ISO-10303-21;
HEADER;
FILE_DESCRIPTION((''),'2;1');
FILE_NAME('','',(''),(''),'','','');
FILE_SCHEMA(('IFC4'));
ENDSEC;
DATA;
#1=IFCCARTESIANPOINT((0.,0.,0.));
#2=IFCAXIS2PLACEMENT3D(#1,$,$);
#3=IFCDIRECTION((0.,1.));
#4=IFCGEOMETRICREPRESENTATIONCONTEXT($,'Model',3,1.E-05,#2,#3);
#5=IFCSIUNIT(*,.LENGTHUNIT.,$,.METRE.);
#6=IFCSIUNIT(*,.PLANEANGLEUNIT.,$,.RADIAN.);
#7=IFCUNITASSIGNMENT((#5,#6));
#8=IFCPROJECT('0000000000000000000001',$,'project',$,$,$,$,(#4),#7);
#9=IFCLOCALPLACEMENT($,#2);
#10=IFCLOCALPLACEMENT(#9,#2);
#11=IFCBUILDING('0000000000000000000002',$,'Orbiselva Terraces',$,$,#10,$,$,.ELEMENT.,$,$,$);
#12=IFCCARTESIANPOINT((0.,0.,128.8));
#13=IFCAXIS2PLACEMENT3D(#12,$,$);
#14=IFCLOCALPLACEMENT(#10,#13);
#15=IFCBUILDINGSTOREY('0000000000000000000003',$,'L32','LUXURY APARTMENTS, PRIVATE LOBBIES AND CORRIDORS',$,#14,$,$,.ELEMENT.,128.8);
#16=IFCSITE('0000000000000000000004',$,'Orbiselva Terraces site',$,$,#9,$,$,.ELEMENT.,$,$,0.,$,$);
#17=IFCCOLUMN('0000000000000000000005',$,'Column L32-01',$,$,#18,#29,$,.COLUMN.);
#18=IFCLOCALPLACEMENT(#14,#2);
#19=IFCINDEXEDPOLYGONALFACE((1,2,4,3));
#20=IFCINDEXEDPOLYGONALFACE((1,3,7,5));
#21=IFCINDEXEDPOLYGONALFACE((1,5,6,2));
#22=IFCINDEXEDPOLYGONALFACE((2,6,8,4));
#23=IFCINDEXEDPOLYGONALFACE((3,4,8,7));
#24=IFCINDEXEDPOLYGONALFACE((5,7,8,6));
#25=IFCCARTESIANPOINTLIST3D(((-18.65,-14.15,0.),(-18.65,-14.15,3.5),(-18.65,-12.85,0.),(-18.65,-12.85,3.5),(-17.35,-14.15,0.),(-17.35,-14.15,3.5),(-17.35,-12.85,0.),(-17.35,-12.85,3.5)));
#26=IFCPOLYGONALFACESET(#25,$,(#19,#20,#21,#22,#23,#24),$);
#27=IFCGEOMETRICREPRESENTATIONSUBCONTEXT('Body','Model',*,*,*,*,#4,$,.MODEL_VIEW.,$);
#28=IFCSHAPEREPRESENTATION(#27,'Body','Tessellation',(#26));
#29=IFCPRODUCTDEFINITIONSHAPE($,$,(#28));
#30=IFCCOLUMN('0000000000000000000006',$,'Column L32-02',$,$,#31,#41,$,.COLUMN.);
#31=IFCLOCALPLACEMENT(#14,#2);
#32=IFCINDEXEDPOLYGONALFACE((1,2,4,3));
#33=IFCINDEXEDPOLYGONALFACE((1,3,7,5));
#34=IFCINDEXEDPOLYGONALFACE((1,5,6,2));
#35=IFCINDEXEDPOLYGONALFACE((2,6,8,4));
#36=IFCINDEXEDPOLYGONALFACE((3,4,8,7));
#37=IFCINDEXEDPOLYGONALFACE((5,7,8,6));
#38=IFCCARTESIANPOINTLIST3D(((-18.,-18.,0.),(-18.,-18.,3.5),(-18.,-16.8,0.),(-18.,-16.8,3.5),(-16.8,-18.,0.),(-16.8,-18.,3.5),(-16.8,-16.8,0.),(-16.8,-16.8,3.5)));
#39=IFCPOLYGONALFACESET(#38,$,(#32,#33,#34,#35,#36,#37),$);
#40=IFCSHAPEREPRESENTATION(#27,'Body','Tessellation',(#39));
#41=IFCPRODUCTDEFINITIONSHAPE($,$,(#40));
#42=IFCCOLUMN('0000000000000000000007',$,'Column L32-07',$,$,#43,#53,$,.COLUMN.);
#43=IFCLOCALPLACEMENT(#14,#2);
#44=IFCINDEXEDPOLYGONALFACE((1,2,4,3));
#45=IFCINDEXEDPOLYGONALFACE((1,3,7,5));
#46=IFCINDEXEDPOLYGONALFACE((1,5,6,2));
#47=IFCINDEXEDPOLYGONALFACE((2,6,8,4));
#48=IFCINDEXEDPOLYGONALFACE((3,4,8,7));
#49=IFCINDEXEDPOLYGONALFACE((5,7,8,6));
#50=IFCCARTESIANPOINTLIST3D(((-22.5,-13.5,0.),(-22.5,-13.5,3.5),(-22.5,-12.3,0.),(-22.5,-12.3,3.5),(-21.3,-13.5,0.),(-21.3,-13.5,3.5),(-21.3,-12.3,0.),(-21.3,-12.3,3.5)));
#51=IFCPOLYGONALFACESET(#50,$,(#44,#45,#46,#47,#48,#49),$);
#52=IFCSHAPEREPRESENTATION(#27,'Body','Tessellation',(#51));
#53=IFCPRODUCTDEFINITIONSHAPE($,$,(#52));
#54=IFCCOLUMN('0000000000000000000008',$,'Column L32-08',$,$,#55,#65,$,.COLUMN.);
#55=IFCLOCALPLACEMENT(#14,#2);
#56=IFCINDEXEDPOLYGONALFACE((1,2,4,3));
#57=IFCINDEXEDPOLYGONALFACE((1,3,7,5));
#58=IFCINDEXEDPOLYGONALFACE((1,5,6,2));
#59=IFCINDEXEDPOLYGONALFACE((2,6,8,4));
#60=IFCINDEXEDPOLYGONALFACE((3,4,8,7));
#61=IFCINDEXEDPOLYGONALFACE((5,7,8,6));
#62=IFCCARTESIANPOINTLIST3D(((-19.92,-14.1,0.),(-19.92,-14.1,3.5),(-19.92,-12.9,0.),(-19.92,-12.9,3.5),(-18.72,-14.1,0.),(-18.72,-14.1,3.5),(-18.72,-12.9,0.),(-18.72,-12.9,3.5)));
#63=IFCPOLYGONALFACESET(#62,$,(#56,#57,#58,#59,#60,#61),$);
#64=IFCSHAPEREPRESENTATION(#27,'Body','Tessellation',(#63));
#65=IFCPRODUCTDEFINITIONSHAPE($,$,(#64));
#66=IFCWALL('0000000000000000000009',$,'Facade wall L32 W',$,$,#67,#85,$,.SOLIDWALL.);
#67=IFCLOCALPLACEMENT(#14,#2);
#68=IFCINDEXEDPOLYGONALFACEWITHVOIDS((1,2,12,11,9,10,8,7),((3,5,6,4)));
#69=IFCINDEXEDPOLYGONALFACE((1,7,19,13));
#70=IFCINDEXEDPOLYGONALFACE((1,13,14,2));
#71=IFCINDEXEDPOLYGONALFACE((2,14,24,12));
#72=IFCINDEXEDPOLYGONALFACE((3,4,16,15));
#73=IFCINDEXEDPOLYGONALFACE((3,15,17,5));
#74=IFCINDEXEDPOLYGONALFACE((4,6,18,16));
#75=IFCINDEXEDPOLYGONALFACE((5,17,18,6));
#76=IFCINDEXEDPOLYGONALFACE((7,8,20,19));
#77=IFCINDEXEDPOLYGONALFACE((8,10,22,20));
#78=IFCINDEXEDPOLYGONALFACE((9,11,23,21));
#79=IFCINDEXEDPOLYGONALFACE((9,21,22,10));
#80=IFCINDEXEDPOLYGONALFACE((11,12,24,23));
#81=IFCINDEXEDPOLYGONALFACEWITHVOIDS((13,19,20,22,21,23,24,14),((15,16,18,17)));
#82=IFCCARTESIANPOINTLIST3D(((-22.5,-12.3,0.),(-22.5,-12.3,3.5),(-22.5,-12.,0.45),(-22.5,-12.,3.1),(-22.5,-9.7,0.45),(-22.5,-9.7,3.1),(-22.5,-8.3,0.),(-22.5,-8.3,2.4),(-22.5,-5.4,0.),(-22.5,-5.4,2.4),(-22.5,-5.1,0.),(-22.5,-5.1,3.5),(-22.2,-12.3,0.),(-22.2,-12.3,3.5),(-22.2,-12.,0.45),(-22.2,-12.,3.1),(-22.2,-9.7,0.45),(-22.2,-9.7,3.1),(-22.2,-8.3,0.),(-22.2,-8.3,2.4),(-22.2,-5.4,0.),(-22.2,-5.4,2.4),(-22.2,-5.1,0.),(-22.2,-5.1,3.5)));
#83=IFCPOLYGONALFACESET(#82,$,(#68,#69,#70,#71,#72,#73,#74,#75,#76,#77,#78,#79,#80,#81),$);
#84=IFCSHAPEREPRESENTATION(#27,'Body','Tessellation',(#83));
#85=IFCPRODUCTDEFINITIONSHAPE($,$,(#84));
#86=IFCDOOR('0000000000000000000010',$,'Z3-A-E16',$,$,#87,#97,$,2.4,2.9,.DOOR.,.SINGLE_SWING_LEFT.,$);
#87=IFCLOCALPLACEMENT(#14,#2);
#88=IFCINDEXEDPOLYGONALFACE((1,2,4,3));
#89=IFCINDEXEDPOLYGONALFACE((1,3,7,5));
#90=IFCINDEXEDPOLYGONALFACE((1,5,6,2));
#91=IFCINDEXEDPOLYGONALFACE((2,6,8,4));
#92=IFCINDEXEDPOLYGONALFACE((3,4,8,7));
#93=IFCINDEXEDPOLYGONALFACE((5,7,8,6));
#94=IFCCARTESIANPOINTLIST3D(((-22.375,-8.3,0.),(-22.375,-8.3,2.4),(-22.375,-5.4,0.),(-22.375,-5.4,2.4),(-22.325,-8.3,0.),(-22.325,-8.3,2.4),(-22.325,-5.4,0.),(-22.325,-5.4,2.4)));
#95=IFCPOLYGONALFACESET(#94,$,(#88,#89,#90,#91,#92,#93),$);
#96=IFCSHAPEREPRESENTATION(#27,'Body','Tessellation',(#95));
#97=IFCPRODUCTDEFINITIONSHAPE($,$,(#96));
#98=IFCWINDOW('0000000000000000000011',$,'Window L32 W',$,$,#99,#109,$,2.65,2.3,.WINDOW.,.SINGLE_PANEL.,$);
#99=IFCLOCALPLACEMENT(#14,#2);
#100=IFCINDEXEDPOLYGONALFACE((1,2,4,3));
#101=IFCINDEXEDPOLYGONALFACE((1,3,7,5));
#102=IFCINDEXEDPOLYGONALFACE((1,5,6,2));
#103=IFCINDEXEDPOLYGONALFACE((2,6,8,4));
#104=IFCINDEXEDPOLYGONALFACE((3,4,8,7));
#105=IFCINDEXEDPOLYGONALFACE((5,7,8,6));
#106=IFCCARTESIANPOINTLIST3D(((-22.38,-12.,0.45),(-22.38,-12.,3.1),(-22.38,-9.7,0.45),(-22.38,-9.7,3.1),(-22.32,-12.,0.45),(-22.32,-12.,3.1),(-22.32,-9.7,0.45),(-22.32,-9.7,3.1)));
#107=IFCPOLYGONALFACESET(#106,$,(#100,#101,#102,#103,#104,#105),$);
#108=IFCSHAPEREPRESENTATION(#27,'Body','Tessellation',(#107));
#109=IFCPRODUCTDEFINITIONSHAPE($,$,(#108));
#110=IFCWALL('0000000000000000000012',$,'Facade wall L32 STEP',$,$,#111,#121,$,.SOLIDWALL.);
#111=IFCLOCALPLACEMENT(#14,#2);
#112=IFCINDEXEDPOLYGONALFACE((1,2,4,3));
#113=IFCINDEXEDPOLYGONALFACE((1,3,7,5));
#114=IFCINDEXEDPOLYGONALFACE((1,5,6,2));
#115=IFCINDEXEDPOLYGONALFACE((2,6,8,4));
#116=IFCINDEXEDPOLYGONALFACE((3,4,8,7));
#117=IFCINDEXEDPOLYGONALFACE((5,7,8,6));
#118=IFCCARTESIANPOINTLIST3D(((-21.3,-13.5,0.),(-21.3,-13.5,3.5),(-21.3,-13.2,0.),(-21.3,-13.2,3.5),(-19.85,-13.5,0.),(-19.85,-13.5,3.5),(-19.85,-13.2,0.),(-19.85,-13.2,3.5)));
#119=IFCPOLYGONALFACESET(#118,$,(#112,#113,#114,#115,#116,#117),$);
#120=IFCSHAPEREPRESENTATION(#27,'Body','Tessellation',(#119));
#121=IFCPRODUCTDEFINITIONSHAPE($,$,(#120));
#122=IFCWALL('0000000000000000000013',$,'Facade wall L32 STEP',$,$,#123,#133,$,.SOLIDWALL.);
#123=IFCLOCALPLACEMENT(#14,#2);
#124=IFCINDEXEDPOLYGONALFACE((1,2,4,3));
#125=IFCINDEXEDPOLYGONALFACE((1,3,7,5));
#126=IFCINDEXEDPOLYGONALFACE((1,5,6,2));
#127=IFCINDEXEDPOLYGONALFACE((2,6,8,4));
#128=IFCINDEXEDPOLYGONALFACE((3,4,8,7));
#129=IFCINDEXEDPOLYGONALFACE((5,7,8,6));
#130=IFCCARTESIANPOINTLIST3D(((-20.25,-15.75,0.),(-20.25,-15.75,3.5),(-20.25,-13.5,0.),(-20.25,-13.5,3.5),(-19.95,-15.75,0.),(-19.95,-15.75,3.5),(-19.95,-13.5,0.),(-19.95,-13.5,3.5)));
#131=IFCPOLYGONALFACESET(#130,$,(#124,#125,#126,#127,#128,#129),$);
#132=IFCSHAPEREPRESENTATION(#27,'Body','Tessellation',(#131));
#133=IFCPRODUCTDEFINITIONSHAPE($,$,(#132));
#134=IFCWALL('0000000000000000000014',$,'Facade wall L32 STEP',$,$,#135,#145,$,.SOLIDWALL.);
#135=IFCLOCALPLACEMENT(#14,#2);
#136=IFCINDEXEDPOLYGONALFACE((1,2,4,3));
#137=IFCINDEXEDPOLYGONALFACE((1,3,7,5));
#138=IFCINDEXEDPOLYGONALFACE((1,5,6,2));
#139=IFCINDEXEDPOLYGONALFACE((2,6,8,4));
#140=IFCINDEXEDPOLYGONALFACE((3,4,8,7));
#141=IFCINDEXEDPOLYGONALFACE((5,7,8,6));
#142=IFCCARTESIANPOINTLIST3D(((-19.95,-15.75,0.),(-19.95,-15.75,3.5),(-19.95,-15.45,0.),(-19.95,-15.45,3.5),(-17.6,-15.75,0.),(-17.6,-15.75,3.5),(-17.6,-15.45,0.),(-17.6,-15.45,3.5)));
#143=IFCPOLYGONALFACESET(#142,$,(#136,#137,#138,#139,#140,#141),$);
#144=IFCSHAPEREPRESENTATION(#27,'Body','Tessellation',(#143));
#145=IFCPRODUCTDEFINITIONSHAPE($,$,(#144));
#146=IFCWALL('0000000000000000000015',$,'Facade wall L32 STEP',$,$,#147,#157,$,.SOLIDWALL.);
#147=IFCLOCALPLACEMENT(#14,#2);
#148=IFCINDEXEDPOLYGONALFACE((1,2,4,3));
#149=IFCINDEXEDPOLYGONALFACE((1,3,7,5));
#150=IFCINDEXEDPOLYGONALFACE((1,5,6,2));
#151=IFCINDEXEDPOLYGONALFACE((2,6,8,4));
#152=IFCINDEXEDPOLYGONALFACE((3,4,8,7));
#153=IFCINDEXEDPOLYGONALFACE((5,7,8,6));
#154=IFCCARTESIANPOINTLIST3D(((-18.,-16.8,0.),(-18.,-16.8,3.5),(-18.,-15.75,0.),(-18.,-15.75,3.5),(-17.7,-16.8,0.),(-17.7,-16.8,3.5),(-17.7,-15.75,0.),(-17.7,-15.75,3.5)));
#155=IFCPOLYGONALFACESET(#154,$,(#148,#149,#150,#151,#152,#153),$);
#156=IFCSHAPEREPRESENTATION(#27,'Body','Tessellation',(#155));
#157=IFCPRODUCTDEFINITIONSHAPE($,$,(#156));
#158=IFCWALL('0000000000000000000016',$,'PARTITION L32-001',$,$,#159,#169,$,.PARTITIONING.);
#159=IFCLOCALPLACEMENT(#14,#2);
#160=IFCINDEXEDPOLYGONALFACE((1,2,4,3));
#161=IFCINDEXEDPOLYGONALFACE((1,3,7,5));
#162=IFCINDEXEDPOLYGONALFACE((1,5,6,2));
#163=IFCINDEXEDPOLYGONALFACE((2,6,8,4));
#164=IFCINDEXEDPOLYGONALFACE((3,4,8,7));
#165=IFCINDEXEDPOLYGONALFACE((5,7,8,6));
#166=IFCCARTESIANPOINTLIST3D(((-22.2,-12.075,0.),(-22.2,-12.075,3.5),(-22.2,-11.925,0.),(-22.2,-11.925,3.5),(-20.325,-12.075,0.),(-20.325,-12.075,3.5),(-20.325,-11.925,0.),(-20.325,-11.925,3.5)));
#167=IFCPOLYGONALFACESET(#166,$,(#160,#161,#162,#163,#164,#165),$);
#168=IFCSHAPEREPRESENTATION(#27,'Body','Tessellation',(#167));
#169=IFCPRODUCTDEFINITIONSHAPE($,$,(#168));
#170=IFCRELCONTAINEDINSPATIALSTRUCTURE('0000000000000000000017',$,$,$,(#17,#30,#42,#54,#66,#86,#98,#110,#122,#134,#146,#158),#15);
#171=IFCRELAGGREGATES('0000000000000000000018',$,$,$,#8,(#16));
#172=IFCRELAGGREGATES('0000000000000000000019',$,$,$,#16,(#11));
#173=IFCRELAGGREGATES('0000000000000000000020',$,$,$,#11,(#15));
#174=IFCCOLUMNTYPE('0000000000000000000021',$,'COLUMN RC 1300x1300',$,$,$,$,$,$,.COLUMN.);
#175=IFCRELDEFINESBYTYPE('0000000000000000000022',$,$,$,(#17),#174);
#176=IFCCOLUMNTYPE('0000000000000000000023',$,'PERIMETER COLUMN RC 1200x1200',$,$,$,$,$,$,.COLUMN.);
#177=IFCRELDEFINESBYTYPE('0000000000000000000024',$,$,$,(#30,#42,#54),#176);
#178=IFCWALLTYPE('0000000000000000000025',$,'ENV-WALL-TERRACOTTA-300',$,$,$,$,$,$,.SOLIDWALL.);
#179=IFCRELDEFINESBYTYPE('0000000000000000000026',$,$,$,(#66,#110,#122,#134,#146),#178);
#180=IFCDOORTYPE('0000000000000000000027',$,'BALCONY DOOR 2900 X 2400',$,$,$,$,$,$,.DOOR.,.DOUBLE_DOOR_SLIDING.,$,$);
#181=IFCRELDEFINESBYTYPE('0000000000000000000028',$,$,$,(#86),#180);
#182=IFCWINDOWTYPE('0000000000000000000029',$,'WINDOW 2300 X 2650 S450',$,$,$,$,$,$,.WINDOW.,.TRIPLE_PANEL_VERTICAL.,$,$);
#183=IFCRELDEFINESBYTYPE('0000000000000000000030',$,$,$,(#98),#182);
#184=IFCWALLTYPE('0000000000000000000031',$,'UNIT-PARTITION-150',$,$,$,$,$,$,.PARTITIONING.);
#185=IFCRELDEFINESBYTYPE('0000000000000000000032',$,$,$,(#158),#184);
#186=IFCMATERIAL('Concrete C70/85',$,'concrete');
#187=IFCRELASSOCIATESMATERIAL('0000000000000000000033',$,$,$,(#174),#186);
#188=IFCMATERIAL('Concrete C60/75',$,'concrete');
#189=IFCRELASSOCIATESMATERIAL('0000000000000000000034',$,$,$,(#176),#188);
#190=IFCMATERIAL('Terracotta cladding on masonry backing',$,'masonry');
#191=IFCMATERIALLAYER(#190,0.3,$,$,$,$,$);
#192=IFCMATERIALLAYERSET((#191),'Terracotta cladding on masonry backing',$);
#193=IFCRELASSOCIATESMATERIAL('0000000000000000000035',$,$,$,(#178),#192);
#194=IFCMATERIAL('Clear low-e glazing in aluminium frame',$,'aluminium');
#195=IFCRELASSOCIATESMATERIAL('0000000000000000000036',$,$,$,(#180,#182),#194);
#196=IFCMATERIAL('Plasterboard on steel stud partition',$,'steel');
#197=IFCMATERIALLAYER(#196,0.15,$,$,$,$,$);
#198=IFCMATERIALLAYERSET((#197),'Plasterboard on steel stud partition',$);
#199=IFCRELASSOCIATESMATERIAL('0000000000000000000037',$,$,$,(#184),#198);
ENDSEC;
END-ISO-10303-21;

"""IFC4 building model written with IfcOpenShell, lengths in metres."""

from ifc_helpers import new_model, si_unit, direction, frame, frame_2d, origin, origin_2d, place, context, subcontext, project, spatial, rectangle, extrude, material, layer, layer_set, material_profile, profile_set, type_object, element, fill, save


model = new_model("IFC4")

# Units and contexts
model_context = context("Model", 3, precision=1e-05, world=origin(), true_north=direction((0.0, 1.0)))
body_context = subcontext(model_context, "Body", "Model", "MODEL_VIEW")
ifc_project = project(units=[si_unit("LENGTHUNIT", "METRE"), si_unit("PLANEANGLEUNIT", "RADIAN")], contexts=[model_context])

# Site, building, storey
site_placement = place(None, origin())
site = spatial("IfcSite", under=ifc_project, at=site_placement, Name="Orbiselva Terraces site", CompositionType="ELEMENT", RefElevation=0.0)
building_placement = place(site_placement, origin())
building = spatial("IfcBuilding", under=site, at=building_placement, Name="Orbiselva Terraces", CompositionType="ELEMENT")
storey_placement = place(building_placement, frame((0.0, 0.0, 128.8)))
storey = spatial("IfcBuildingStorey", under=building, at=storey_placement, Name="L32", Description="LUXURY APARTMENTS, PRIVATE LOBBIES AND CORRIDORS", CompositionType="ELEMENT", Elevation=128.8)

# Columns
ifc_material_1 = material(Name="Concrete C70/85", Category="concrete")
ifc_material_profile_1 = material_profile(ifc_material_1, rectangle(XDim=1.3, YDim=1.3, at=origin_2d()), Name="RC 1300x1300")
ifc_profile_set_1 = profile_set([ifc_material_profile_1], Name="Concrete C70/85")
column_type_1 = type_object("IfcColumnType", Name="COLUMN RC 1300x1300", PredefinedType="COLUMN", material=ifc_profile_set_1)
column_placement = place(storey_placement, frame((-18.0, -13.5, 0.0), z_axis=(0.0, 0.0, 1.0), x_axis=(1.0, 0.0, 0.0)))
element("IfcColumn", 1, at=column_placement, inside=storey, type_object=column_type_1, Name="Column L32-01", PredefinedType="COLUMN", context=body_context, shape_type="SweptSolid", body=[
    extrude(rectangle(XDim=1.3, YDim=1.3, at=origin_2d()), origin(), (0.0, 0.0, 1.0), 3.5),
])
ifc_material_2 = material(Name="Concrete C60/75", Category="concrete")
ifc_material_profile_2 = material_profile(ifc_material_2, rectangle(XDim=1.2, YDim=1.2, at=origin_2d()), Name="RC 1200x1200")
ifc_profile_set_2 = profile_set([ifc_material_profile_2], Name="Concrete C60/75")
column_type_2 = type_object("IfcColumnType", Name="PERIMETER COLUMN RC 1200x1200", PredefinedType="COLUMN", material=ifc_profile_set_2)
for number, where, z_axis, x_axis, name in (
    (2, (-17.4, -17.4, 0.0), (0.0, 0.0, 1.0), (1.0, 0.0, 0.0), "Column L32-02"),
    (3, (-21.9, -12.9, 0.0), (0.0, 0.0, 1.0), (1.0, 0.0, 0.0), "Column L32-07"),
    (4, (-19.32, -13.5, 0.0), (0.0, 0.0, 1.0), (1.0, 0.0, 0.0), "Column L32-08"),
):
    element("IfcColumn", number, at=place(storey_placement, frame(where, z_axis=z_axis, x_axis=x_axis)), inside=storey, type_object=column_type_2, Name=name, PredefinedType="COLUMN", context=body_context, shape_type="SweptSolid", body=[
        extrude(rectangle(XDim=1.2, YDim=1.2, at=origin_2d()), origin(), (0.0, 0.0, 1.0), 3.5),
    ])

# Wall, openings, door, window
ifc_material_3 = material(Name="Terracotta cladding on masonry backing", Category="masonry")
ifc_layer_1 = layer(ifc_material_3, 0.3)
ifc_layer_set_1 = layer_set([ifc_layer_1], Name="Terracotta cladding on masonry backing")
wall_type_1 = type_object("IfcWallType", Name="ENV-WALL-TERRACOTTA-300", PredefinedType="SOLIDWALL", material=ifc_layer_set_1)
wall_1_placement = place(storey_placement, frame((-22.35, -12.3, 0.0), z_axis=(0.0, 0.0, 1.0), x_axis=(0.0, 1.0, 0.0)))
wall_1 = element("IfcWall", 5, at=wall_1_placement, inside=storey, type_object=wall_type_1, Name="Facade wall L32 W", PredefinedType="SOLIDWALL", context=body_context, shape_type="SweptSolid", body=[
    extrude(rectangle(XDim=7.2, YDim=0.3, at=frame_2d((3.6, 0.0))), origin(), (0.0, 0.0, 1.0), 3.5),
])
opening_1_placement = place(wall_1_placement, frame((4.0, 0.0, 0.0)))
opening_1 = element("IfcOpeningElement", 6, at=opening_1_placement, cuts=wall_1, PredefinedType="OPENING", context=body_context, shape_type="SweptSolid", body=[
    extrude(rectangle(XDim=2.9, YDim=2.4, at=frame_2d((1.45, 1.2))), frame((0.0, 0.16, 0.0), z_axis=(0.0, -1.0, 0.0), x_axis=(1.0, 0.0, 0.0)), (0.0, 0.0, 1.0), 0.32),
])
opening_2_placement = place(wall_1_placement, frame((0.3, 0.0, 0.45)))
opening_2 = element("IfcOpeningElement", 7, at=opening_2_placement, cuts=wall_1, PredefinedType="OPENING", context=body_context, shape_type="SweptSolid", body=[
    extrude(rectangle(XDim=2.3, YDim=2.65, at=frame_2d((1.15, 1.325))), frame((0.0, 0.16, 0.0), z_axis=(0.0, -1.0, 0.0), x_axis=(1.0, 0.0, 0.0)), (0.0, 0.0, 1.0), 0.32),
])
ifc_material_4 = material(Name="Clear low-e glazing in aluminium frame", Category="aluminium")
door_type_1 = type_object("IfcDoorType", Name="BALCONY DOOR 2900 X 2400", OperationType="DOUBLE_DOOR_SLIDING", PredefinedType="DOOR", material=ifc_material_4)
door_1_placement = place(opening_1_placement, origin())
door_1 = element("IfcDoor", 8, at=door_1_placement, inside=storey, type_object=door_type_1, Name="Z3-A-E16", OperationType="SINGLE_SWING_LEFT", OverallHeight=2.4, OverallWidth=2.9, PredefinedType="DOOR", context=body_context, shape_type="SweptSolid", body=[
    extrude(rectangle(XDim=2.9, YDim=2.4, at=frame_2d((1.45, 1.2))), frame((0.0, 0.025, 0.0), z_axis=(0.0, -1.0, 0.0), x_axis=(1.0, 0.0, 0.0)), (0.0, 0.0, 1.0), 0.05),
])
fill(opening_1, door_1)
window_type = type_object("IfcWindowType", Name="WINDOW 2300 X 2650 S450", PartitioningType="TRIPLE_PANEL_VERTICAL", PredefinedType="WINDOW", material=ifc_material_4)
window_placement = place(opening_2_placement, origin())
window = element("IfcWindow", 9, at=window_placement, inside=storey, type_object=window_type, Name="Window L32 W", OverallHeight=2.65, OverallWidth=2.3, PartitioningType="SINGLE_PANEL", PredefinedType="WINDOW", context=body_context, shape_type="SweptSolid", body=[
    extrude(rectangle(XDim=2.3, YDim=2.65, at=frame_2d((1.15, 1.325))), frame((0.0, 0.03, 0.0), z_axis=(0.0, -1.0, 0.0), x_axis=(1.0, 0.0, 0.0)), (0.0, 0.0, 1.0), 0.06),
])
fill(opening_2, window)

# Walls
wall_2_placement = place(storey_placement, frame((-19.85, -13.35, 0.0), z_axis=(0.0, 0.0, 1.0), x_axis=(-1.0, 0.0, 0.0)))
element("IfcWall", 10, at=wall_2_placement, inside=storey, type_object=wall_type_1, Name="Facade wall L32 STEP", PredefinedType="SOLIDWALL", context=body_context, shape_type="SweptSolid", body=[
    extrude(rectangle(XDim=1.45, YDim=0.3, at=frame_2d((0.725, 0.0))), origin(), (0.0, 0.0, 1.0), 3.5),
])
wall_3_placement = place(storey_placement, frame((-20.1, -15.75, 0.0), z_axis=(0.0, 0.0, 1.0), x_axis=(0.0, 1.0, 0.0)))
element("IfcWall", 11, at=wall_3_placement, inside=storey, type_object=wall_type_1, Name="Facade wall L32 STEP", PredefinedType="SOLIDWALL", context=body_context, shape_type="SweptSolid", body=[
    extrude(rectangle(XDim=2.25, YDim=0.3, at=frame_2d((1.125, 0.0))), origin(), (0.0, 0.0, 1.0), 3.5),
])
wall_4_placement = place(storey_placement, frame((-17.6, -15.6, 0.0), z_axis=(0.0, 0.0, 1.0), x_axis=(-1.0, 0.0, 0.0)))
element("IfcWall", 12, at=wall_4_placement, inside=storey, type_object=wall_type_1, Name="Facade wall L32 STEP", PredefinedType="SOLIDWALL", context=body_context, shape_type="SweptSolid", body=[
    extrude(rectangle(XDim=2.35, YDim=0.3, at=frame_2d((1.175, 0.0))), origin(), (0.0, 0.0, 1.0), 3.5),
])
wall_5_placement = place(storey_placement, frame((-17.85, -16.8, 0.0), z_axis=(0.0, 0.0, 1.0), x_axis=(0.0, 1.0, 0.0)))
element("IfcWall", 13, at=wall_5_placement, inside=storey, type_object=wall_type_1, Name="Facade wall L32 STEP", PredefinedType="SOLIDWALL", context=body_context, shape_type="SweptSolid", body=[
    extrude(rectangle(XDim=1.05, YDim=0.3, at=frame_2d((0.525, 0.0))), origin(), (0.0, 0.0, 1.0), 3.5),
])
ifc_material_5 = material(Name="Plasterboard on steel stud partition", Category="steel")
ifc_layer_2 = layer(ifc_material_5, 0.15)
ifc_layer_set_2 = layer_set([ifc_layer_2], Name="Plasterboard on steel stud partition")
wall_type_2 = type_object("IfcWallType", Name="UNIT-PARTITION-150", PredefinedType="PARTITIONING", material=ifc_layer_set_2)
wall_6_placement = place(storey_placement, frame((-22.2, -12.0, 0.0), z_axis=(0.0, 0.0, 1.0), x_axis=(1.0, 0.0, 0.0)))
element("IfcWall", 14, at=wall_6_placement, inside=storey, type_object=wall_type_2, Name="PARTITION L32-001", PredefinedType="PARTITIONING", context=body_context, shape_type="SweptSolid", body=[
    extrude(rectangle(XDim=1.875, YDim=0.15, at=frame_2d((0.9375, 0.0))), origin(), (0.0, 0.0, 1.0), 3.5),
])

save(model, "model.ifc")
